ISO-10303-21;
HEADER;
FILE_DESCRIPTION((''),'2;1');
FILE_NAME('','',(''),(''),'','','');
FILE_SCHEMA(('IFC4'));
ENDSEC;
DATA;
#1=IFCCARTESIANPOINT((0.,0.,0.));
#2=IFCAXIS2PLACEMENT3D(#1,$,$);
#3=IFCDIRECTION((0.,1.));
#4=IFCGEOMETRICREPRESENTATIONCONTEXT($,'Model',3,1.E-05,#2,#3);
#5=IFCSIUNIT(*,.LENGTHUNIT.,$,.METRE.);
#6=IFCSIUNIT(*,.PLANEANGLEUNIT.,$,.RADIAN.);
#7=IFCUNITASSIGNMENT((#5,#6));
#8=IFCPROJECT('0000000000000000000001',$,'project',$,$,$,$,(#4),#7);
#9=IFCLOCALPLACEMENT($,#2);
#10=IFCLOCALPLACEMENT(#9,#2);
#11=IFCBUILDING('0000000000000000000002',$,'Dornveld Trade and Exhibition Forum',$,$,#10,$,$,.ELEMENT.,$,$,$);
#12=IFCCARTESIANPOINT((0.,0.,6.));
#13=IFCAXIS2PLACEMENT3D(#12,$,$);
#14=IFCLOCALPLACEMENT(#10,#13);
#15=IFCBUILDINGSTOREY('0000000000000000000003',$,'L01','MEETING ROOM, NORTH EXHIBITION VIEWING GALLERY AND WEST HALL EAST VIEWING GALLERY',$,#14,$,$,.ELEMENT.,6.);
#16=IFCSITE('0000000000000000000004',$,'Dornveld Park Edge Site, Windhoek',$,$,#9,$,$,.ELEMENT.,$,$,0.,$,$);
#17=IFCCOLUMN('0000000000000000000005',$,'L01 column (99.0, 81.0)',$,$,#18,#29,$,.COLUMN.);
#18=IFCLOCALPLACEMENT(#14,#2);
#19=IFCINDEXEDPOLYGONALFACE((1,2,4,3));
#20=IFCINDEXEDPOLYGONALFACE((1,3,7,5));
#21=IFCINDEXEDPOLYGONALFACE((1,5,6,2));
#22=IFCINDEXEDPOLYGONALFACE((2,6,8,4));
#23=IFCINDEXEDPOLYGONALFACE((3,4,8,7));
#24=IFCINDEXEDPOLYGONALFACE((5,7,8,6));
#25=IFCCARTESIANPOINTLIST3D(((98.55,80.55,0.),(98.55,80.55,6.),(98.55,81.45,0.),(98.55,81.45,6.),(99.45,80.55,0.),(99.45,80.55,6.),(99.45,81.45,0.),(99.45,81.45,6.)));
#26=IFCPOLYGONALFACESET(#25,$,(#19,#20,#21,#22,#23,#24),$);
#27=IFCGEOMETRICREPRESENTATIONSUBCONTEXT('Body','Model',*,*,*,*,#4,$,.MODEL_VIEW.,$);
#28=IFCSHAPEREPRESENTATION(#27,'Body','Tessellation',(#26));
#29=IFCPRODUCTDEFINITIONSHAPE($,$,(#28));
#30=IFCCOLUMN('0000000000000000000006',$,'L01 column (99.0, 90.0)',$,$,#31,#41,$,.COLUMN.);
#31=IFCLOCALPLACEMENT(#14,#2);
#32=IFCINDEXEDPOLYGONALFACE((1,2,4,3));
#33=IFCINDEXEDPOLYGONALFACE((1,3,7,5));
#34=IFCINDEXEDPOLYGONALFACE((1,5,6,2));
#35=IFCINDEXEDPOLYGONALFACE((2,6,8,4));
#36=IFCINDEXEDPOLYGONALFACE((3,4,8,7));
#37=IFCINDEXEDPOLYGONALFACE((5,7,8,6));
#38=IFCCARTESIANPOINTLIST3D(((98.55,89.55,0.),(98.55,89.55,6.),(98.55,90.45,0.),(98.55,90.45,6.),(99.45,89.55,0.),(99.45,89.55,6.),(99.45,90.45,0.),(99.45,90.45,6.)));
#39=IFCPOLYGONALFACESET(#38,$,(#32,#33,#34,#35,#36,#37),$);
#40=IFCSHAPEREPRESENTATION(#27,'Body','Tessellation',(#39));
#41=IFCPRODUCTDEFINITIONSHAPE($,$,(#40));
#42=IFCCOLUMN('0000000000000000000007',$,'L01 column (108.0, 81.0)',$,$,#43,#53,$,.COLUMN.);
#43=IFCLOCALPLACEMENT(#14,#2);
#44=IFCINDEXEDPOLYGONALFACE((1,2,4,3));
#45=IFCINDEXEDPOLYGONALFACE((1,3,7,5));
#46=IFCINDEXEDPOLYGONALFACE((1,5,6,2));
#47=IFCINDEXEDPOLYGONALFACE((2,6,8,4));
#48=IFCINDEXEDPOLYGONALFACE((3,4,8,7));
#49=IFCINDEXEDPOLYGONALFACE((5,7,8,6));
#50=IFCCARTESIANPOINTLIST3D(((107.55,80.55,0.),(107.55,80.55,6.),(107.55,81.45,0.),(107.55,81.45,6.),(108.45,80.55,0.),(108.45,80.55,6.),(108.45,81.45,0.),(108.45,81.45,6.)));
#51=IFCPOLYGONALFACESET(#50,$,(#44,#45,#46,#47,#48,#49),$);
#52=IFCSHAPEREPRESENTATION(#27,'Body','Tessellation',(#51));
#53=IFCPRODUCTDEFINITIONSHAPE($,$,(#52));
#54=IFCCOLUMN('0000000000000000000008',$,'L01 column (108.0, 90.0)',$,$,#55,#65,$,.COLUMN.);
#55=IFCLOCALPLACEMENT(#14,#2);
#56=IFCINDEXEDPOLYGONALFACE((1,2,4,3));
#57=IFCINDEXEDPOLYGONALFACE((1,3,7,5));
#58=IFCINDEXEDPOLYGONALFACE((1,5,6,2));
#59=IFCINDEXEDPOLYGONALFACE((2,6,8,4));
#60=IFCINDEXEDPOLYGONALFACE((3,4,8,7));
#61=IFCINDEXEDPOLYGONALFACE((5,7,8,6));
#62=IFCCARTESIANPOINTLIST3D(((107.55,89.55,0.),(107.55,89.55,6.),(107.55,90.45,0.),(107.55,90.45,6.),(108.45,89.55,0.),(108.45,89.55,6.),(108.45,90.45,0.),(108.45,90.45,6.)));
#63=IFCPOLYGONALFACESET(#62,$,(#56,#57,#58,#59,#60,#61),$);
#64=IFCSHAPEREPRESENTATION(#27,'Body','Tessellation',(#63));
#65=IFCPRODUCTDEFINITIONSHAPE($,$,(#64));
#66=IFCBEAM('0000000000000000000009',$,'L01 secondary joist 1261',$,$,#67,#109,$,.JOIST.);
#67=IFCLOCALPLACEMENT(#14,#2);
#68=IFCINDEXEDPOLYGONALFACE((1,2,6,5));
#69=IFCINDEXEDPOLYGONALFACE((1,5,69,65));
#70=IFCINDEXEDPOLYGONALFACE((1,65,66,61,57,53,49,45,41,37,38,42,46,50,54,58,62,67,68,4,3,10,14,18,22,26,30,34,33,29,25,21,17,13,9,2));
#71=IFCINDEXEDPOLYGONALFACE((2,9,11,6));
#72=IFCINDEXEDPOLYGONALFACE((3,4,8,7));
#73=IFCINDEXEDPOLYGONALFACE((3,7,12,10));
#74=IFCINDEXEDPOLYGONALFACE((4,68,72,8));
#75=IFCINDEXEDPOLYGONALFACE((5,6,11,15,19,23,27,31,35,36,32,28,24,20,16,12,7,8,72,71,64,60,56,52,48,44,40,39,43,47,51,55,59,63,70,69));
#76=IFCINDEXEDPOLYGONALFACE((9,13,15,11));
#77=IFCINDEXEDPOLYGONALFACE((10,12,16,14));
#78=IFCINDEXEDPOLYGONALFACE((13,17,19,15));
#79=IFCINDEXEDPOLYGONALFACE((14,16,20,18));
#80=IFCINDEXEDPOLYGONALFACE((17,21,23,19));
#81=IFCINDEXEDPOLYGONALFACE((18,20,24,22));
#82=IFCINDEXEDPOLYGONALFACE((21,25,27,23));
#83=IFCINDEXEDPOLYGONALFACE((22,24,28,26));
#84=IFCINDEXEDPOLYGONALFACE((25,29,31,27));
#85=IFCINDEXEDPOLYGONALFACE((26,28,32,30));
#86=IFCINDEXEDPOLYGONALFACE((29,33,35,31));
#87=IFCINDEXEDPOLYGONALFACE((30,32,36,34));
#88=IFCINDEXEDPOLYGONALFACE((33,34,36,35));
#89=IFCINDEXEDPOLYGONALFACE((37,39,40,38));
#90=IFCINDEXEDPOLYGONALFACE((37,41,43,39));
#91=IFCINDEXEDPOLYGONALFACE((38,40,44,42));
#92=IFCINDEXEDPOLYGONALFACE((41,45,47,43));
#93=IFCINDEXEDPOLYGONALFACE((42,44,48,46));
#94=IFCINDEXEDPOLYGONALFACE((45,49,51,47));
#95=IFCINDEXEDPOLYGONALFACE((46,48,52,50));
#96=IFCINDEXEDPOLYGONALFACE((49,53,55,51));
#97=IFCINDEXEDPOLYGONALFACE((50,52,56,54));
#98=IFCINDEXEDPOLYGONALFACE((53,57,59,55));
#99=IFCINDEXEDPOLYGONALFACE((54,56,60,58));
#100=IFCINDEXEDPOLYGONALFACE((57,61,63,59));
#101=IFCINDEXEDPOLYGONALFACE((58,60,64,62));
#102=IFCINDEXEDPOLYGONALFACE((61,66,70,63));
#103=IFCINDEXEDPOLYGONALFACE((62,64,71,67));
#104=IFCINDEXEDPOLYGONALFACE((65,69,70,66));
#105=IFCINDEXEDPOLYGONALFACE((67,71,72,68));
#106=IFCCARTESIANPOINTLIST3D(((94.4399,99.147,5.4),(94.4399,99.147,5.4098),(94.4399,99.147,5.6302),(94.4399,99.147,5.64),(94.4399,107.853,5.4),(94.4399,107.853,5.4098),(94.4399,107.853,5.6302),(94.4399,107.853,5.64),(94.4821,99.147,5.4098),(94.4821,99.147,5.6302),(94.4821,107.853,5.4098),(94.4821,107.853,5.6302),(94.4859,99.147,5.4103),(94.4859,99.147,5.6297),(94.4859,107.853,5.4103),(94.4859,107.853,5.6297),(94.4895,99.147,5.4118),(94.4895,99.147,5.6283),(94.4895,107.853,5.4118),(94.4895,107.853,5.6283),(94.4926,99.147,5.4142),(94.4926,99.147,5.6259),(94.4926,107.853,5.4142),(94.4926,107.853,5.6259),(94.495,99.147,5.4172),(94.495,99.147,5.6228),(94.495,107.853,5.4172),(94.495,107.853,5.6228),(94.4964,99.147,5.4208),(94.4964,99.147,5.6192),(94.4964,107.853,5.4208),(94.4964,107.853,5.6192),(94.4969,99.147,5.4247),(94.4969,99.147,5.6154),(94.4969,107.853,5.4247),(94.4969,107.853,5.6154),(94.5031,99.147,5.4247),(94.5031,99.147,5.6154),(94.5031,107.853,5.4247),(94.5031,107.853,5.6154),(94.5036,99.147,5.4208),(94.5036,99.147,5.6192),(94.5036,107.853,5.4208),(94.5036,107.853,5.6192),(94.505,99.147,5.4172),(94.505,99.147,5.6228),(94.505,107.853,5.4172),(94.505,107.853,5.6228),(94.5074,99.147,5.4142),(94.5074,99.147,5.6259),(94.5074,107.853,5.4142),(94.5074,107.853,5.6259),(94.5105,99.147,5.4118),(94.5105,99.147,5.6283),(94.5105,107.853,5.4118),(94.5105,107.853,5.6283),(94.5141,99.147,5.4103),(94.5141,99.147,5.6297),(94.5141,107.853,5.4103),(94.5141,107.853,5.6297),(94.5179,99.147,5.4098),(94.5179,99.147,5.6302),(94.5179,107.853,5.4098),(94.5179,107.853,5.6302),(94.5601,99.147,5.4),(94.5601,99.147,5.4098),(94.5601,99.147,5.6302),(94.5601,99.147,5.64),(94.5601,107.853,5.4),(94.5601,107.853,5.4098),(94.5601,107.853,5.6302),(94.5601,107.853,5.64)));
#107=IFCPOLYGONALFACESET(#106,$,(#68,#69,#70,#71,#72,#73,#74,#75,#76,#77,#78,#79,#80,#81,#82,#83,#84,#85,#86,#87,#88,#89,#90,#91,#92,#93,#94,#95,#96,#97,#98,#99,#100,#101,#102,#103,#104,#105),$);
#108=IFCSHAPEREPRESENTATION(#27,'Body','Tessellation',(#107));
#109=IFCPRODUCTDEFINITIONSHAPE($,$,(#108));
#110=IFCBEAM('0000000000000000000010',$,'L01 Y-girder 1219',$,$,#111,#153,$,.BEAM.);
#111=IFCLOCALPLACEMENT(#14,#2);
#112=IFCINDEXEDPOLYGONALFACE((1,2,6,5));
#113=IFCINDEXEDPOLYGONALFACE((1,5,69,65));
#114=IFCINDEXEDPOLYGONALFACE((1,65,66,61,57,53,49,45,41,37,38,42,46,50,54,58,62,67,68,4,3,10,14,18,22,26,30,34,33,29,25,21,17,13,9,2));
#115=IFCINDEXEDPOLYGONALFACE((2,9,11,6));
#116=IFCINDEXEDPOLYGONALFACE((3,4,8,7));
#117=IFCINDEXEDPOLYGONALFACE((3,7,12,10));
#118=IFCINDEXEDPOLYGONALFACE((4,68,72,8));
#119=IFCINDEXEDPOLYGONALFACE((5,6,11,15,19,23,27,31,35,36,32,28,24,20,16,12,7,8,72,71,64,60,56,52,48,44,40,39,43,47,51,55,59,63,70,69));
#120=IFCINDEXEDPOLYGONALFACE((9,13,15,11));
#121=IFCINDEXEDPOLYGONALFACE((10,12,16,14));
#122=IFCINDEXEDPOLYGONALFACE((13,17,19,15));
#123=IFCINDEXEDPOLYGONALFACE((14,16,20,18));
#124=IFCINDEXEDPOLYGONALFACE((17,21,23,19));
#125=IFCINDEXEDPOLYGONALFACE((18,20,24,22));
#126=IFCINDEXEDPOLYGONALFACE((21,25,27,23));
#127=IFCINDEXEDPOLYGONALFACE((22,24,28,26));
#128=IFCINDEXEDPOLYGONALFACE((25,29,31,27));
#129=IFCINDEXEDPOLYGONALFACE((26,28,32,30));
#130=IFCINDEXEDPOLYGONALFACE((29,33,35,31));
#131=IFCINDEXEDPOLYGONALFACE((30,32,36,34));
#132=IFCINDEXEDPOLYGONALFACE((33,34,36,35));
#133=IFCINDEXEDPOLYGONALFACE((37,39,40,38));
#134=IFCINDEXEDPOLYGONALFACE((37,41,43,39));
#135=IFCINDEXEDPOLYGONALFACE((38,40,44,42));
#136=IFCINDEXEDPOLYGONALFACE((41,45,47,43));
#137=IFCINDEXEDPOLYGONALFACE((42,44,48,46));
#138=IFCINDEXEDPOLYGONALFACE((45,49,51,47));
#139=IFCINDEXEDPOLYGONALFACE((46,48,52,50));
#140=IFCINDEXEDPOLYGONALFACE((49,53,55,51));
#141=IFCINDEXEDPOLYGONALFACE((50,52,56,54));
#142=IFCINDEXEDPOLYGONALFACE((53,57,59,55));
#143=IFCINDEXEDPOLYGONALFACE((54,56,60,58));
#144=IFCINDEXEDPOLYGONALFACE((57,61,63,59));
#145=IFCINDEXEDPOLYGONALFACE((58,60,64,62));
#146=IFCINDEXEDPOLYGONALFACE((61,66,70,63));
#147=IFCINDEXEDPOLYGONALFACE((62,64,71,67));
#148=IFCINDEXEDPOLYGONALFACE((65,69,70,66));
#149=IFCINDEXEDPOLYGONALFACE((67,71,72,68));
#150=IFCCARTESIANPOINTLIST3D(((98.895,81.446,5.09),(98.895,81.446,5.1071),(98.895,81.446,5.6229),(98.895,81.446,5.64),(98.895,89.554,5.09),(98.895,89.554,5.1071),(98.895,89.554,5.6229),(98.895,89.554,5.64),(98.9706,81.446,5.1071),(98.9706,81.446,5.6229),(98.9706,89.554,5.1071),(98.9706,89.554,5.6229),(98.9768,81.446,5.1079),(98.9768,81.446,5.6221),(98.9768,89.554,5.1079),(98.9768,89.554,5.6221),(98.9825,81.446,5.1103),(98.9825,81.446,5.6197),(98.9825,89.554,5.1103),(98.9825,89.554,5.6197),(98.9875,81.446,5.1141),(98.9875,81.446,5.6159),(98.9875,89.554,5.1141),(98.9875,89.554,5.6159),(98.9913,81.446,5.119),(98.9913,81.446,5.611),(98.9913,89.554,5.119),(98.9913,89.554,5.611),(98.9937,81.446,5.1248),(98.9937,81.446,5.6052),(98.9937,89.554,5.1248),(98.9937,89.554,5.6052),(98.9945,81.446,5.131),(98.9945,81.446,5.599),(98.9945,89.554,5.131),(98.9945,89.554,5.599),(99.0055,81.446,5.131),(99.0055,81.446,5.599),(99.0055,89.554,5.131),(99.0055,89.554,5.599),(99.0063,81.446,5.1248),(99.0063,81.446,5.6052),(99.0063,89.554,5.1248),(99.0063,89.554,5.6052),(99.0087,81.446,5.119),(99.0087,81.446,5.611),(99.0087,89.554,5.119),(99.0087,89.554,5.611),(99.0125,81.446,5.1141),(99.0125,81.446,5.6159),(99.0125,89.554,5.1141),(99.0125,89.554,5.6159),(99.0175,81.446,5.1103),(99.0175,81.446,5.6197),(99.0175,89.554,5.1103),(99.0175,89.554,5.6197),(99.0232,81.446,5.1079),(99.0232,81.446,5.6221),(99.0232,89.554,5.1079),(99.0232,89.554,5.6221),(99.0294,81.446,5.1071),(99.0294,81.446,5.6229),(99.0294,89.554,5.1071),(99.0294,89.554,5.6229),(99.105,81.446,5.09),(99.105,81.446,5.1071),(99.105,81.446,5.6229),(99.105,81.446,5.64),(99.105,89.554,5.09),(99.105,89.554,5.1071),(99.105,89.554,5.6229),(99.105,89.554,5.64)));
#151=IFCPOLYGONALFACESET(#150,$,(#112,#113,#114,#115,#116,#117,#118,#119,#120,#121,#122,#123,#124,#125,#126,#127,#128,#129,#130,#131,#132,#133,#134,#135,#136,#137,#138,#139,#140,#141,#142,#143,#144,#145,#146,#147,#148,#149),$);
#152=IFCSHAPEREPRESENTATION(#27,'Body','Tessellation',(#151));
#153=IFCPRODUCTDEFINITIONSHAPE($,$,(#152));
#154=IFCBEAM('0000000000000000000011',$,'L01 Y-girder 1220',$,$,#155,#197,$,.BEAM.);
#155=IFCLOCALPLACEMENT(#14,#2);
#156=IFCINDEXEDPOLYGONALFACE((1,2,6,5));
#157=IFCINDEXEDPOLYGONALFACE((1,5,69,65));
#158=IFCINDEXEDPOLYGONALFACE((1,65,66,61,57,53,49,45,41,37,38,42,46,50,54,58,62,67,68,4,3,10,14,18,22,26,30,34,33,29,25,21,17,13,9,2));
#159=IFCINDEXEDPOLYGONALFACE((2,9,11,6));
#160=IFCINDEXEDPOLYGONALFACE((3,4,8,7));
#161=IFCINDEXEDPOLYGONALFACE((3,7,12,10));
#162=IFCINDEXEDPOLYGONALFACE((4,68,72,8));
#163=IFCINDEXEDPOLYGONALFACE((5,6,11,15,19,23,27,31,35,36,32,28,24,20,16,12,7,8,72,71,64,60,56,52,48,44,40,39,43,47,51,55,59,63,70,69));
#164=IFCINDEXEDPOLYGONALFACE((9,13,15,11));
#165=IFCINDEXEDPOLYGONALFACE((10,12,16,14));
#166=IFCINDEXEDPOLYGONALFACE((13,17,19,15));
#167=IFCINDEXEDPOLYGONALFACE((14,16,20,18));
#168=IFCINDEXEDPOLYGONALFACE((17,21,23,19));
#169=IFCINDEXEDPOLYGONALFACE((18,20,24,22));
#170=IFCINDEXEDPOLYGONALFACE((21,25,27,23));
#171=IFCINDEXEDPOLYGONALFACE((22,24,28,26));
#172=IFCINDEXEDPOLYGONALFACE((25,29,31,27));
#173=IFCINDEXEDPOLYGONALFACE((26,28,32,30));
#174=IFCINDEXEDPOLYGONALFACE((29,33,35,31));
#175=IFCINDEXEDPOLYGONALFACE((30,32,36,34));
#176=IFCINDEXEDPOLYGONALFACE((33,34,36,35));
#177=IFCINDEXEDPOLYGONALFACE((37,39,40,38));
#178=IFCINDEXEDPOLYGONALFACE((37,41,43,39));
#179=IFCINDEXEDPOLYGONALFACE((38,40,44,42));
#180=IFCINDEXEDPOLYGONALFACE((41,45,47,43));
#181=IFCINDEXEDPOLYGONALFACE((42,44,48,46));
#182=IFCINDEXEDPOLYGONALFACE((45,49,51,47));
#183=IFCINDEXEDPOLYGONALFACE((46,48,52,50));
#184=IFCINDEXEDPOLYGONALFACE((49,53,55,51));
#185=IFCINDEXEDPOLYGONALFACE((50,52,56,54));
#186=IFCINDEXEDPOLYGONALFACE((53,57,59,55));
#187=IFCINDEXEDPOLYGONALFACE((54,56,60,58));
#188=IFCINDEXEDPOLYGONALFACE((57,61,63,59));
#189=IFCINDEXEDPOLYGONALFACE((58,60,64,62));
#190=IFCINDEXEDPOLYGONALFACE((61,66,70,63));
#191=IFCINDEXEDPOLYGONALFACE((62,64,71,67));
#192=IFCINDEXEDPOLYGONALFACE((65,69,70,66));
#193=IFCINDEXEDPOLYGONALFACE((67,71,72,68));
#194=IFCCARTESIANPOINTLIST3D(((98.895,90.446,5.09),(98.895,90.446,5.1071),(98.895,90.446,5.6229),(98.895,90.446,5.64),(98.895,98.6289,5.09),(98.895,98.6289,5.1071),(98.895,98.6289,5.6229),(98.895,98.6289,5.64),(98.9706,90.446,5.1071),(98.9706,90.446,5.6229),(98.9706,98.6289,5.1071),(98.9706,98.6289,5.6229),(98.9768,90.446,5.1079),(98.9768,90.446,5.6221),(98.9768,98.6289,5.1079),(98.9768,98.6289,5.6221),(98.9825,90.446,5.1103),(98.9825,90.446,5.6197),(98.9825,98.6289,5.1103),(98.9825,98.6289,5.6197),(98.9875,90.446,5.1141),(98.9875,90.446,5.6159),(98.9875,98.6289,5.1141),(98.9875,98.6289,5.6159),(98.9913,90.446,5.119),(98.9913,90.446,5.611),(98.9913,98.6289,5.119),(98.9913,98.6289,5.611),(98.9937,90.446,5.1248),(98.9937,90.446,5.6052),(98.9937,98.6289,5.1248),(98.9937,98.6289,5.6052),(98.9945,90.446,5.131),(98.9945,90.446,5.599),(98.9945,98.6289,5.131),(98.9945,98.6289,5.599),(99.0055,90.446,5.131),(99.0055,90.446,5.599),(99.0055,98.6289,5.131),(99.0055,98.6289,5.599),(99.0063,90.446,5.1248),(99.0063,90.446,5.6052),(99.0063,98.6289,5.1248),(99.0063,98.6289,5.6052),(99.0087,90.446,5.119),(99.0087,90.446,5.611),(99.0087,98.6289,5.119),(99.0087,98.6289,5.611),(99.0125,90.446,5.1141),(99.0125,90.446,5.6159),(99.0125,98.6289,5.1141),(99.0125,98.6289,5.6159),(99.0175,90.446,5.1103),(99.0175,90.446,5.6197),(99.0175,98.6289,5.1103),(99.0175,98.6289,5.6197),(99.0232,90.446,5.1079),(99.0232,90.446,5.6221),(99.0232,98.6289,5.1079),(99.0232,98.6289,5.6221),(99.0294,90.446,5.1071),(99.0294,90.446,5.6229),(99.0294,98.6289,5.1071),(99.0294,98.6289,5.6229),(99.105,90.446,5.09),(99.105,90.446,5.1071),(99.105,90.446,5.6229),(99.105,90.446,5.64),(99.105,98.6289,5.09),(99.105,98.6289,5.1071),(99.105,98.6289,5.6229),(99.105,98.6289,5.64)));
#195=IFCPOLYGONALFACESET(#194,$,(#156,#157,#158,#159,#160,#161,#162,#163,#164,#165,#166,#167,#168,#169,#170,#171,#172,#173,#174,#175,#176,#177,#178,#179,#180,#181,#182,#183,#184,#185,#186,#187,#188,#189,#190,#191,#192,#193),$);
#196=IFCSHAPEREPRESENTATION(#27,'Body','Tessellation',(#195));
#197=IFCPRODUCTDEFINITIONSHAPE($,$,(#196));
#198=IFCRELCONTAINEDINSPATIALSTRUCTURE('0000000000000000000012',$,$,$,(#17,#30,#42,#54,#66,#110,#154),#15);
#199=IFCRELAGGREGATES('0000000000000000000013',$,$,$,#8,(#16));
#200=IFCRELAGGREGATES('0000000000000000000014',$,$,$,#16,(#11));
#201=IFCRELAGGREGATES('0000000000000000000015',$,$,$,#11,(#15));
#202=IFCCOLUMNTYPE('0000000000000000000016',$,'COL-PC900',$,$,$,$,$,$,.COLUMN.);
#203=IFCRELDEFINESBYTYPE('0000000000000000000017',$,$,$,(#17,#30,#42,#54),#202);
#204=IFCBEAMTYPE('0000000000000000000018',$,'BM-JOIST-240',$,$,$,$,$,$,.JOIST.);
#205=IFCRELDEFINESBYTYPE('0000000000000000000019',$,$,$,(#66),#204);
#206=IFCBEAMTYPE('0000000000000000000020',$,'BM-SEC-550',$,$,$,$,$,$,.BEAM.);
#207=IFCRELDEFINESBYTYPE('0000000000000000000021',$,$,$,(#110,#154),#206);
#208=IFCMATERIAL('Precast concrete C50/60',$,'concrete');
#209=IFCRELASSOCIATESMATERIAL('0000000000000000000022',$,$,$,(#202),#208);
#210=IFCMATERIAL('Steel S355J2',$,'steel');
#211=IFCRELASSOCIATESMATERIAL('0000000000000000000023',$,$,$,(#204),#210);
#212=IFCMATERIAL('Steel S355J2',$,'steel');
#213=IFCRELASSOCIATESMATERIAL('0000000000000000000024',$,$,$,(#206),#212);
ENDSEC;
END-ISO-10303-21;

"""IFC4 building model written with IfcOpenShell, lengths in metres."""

from ifc_helpers import new_model, si_unit, direction, frame, origin, origin_2d, place, context, subcontext, project, spatial, rectangle, i_section, extrude, material, material_profile, profile_set, type_object, element, save


model = new_model("IFC4")

# Units and contexts
model_context = context("Model", 3, precision=1e-05, world=origin(), true_north=direction((0.0, 1.0)))
body_context = subcontext(model_context, "Body", "Model", "MODEL_VIEW")
ifc_project = project(units=[si_unit("LENGTHUNIT", "METRE"), si_unit("PLANEANGLEUNIT", "RADIAN")], contexts=[model_context])

# Site, building, storey
site_placement = place(None, origin())
site = spatial("IfcSite", under=ifc_project, at=site_placement, Name="Dornveld Park Edge Site, Windhoek", CompositionType="ELEMENT", RefElevation=0.0)
building_placement = place(site_placement, origin())
building = spatial("IfcBuilding", under=site, at=building_placement, Name="Dornveld Trade and Exhibition Forum", CompositionType="ELEMENT")
storey_placement = place(building_placement, frame((0.0, 0.0, 6.0)))
storey = spatial("IfcBuildingStorey", under=building, at=storey_placement, Name="L01", Description="MEETING ROOM, NORTH EXHIBITION VIEWING GALLERY AND WEST HALL EAST VIEWING GALLERY", CompositionType="ELEMENT", Elevation=6.0)

# Columns
ifc_material_1 = material(Name="Precast concrete C50/60", Category="concrete")
ifc_material_profile_1 = material_profile(ifc_material_1, rectangle(XDim=0.8999, YDim=0.8999, at=origin_2d()), Name="PC-COL 900x900")
ifc_profile_set_1 = profile_set([ifc_material_profile_1], Name="Precast concrete C50/60")
column_type_1 = type_object("IfcColumnType", Name="COL-PC900", PredefinedType="COLUMN", material=ifc_profile_set_1)
for number, where, z_axis, x_axis, name in (
    (1, (99.0, 81.0, 0.0), (0.0, 0.0, 1.0), (1.0, 0.0, 0.0), "L01 column (99.0, 81.0)"),
    (2, (99.0, 90.0, 0.0), (0.0, 0.0, 1.0), (1.0, 0.0, 0.0), "L01 column (99.0, 90.0)"),
    (3, (108.0, 81.0, 0.0), (0.0, 0.0, 1.0), (1.0, 0.0, 0.0), "L01 column (108.0, 81.0)"),
    (4, (108.0, 90.0, 0.0), (0.0, 0.0, 1.0), (1.0, 0.0, 0.0), "L01 column (108.0, 90.0)"),
):
    element("IfcColumn", number, at=place(storey_placement, frame(where, z_axis=z_axis, x_axis=x_axis)), inside=storey, type_object=column_type_1, Name=name, PredefinedType="COLUMN", context=body_context, shape_type="SweptSolid", body=[
        extrude(rectangle(XDim=0.8999, YDim=0.8999, at=origin_2d()), origin(), (0.0, 0.0, 1.0), 6.0),
    ])

# Beams
ifc_material_2 = material(Name="Steel S355J2", Category="steel")
ifc_material_profile_2 = material_profile(ifc_material_2, i_section(OverallWidth=0.1201, OverallDepth=0.24, WebThickness=0.0061, FlangeThickness=0.0098, FilletRadius=0.0149, at=origin_2d()), Name="IPE 240")
ifc_profile_set_2 = profile_set([ifc_material_profile_2], Name="Steel S355J2")
beam_type_1 = type_object("IfcBeamType", Name="BM-JOIST-240", PredefinedType="JOIST", material=ifc_profile_set_2)
beam_1_placement = place(storey_placement, frame((94.5, 99.147, 5.52), z_axis=(0.0, 1.0, 0.0), x_axis=(-1.0, 0.0, 0.0)))
element("IfcBeam", 5, at=beam_1_placement, inside=storey, type_object=beam_type_1, Name="L01 secondary joist 1261", PredefinedType="JOIST", context=body_context, shape_type="SweptSolid", body=[
    extrude(i_section(OverallWidth=0.1201, OverallDepth=0.24, WebThickness=0.0061, FlangeThickness=0.0098, FilletRadius=0.0149, at=origin_2d()), origin(), (0.0, 0.0, 1.0), 8.7061),
])
ifc_material_3 = material(Name="Steel S355J2", Category="steel")
ifc_material_profile_3 = material_profile(ifc_material_3, i_section(OverallWidth=0.21, OverallDepth=0.55, WebThickness=0.011, FlangeThickness=0.0171, FilletRadius=0.0239, at=origin_2d()), Name="IPE 550")
ifc_profile_set_3 = profile_set([ifc_material_profile_3], Name="Steel S355J2")
beam_type_2 = type_object("IfcBeamType", Name="BM-SEC-550", PredefinedType="BEAM", material=ifc_profile_set_3)
beam_2_placement = place(storey_placement, frame((99.0, 81.446, 5.365), z_axis=(0.0, 1.0, 0.0), x_axis=(-1.0, 0.0, 0.0)))
element("IfcBeam", 6, at=beam_2_placement, inside=storey, type_object=beam_type_2, Name="L01 Y-girder 1219", PredefinedType="BEAM", context=body_context, shape_type="SweptSolid", body=[
    extrude(i_section(OverallWidth=0.21, OverallDepth=0.55, WebThickness=0.011, FlangeThickness=0.0171, FilletRadius=0.0239, at=origin_2d()), origin(), (0.0, 0.0, 1.0), 8.1079),
])
beam_3_placement = place(storey_placement, frame((99.0, 90.446, 5.365), z_axis=(0.0, 1.0, 0.0), x_axis=(-1.0, 0.0, 0.0)))
element("IfcBeam", 7, at=beam_3_placement, inside=storey, type_object=beam_type_2, Name="L01 Y-girder 1220", PredefinedType="BEAM", context=body_context, shape_type="SweptSolid", body=[
    extrude(i_section(OverallWidth=0.21, OverallDepth=0.55, WebThickness=0.011, FlangeThickness=0.0171, FilletRadius=0.0239, at=origin_2d()), origin(), (0.0, 0.0, 1.0), 8.1829),
])

save(model, "model.ifc")
